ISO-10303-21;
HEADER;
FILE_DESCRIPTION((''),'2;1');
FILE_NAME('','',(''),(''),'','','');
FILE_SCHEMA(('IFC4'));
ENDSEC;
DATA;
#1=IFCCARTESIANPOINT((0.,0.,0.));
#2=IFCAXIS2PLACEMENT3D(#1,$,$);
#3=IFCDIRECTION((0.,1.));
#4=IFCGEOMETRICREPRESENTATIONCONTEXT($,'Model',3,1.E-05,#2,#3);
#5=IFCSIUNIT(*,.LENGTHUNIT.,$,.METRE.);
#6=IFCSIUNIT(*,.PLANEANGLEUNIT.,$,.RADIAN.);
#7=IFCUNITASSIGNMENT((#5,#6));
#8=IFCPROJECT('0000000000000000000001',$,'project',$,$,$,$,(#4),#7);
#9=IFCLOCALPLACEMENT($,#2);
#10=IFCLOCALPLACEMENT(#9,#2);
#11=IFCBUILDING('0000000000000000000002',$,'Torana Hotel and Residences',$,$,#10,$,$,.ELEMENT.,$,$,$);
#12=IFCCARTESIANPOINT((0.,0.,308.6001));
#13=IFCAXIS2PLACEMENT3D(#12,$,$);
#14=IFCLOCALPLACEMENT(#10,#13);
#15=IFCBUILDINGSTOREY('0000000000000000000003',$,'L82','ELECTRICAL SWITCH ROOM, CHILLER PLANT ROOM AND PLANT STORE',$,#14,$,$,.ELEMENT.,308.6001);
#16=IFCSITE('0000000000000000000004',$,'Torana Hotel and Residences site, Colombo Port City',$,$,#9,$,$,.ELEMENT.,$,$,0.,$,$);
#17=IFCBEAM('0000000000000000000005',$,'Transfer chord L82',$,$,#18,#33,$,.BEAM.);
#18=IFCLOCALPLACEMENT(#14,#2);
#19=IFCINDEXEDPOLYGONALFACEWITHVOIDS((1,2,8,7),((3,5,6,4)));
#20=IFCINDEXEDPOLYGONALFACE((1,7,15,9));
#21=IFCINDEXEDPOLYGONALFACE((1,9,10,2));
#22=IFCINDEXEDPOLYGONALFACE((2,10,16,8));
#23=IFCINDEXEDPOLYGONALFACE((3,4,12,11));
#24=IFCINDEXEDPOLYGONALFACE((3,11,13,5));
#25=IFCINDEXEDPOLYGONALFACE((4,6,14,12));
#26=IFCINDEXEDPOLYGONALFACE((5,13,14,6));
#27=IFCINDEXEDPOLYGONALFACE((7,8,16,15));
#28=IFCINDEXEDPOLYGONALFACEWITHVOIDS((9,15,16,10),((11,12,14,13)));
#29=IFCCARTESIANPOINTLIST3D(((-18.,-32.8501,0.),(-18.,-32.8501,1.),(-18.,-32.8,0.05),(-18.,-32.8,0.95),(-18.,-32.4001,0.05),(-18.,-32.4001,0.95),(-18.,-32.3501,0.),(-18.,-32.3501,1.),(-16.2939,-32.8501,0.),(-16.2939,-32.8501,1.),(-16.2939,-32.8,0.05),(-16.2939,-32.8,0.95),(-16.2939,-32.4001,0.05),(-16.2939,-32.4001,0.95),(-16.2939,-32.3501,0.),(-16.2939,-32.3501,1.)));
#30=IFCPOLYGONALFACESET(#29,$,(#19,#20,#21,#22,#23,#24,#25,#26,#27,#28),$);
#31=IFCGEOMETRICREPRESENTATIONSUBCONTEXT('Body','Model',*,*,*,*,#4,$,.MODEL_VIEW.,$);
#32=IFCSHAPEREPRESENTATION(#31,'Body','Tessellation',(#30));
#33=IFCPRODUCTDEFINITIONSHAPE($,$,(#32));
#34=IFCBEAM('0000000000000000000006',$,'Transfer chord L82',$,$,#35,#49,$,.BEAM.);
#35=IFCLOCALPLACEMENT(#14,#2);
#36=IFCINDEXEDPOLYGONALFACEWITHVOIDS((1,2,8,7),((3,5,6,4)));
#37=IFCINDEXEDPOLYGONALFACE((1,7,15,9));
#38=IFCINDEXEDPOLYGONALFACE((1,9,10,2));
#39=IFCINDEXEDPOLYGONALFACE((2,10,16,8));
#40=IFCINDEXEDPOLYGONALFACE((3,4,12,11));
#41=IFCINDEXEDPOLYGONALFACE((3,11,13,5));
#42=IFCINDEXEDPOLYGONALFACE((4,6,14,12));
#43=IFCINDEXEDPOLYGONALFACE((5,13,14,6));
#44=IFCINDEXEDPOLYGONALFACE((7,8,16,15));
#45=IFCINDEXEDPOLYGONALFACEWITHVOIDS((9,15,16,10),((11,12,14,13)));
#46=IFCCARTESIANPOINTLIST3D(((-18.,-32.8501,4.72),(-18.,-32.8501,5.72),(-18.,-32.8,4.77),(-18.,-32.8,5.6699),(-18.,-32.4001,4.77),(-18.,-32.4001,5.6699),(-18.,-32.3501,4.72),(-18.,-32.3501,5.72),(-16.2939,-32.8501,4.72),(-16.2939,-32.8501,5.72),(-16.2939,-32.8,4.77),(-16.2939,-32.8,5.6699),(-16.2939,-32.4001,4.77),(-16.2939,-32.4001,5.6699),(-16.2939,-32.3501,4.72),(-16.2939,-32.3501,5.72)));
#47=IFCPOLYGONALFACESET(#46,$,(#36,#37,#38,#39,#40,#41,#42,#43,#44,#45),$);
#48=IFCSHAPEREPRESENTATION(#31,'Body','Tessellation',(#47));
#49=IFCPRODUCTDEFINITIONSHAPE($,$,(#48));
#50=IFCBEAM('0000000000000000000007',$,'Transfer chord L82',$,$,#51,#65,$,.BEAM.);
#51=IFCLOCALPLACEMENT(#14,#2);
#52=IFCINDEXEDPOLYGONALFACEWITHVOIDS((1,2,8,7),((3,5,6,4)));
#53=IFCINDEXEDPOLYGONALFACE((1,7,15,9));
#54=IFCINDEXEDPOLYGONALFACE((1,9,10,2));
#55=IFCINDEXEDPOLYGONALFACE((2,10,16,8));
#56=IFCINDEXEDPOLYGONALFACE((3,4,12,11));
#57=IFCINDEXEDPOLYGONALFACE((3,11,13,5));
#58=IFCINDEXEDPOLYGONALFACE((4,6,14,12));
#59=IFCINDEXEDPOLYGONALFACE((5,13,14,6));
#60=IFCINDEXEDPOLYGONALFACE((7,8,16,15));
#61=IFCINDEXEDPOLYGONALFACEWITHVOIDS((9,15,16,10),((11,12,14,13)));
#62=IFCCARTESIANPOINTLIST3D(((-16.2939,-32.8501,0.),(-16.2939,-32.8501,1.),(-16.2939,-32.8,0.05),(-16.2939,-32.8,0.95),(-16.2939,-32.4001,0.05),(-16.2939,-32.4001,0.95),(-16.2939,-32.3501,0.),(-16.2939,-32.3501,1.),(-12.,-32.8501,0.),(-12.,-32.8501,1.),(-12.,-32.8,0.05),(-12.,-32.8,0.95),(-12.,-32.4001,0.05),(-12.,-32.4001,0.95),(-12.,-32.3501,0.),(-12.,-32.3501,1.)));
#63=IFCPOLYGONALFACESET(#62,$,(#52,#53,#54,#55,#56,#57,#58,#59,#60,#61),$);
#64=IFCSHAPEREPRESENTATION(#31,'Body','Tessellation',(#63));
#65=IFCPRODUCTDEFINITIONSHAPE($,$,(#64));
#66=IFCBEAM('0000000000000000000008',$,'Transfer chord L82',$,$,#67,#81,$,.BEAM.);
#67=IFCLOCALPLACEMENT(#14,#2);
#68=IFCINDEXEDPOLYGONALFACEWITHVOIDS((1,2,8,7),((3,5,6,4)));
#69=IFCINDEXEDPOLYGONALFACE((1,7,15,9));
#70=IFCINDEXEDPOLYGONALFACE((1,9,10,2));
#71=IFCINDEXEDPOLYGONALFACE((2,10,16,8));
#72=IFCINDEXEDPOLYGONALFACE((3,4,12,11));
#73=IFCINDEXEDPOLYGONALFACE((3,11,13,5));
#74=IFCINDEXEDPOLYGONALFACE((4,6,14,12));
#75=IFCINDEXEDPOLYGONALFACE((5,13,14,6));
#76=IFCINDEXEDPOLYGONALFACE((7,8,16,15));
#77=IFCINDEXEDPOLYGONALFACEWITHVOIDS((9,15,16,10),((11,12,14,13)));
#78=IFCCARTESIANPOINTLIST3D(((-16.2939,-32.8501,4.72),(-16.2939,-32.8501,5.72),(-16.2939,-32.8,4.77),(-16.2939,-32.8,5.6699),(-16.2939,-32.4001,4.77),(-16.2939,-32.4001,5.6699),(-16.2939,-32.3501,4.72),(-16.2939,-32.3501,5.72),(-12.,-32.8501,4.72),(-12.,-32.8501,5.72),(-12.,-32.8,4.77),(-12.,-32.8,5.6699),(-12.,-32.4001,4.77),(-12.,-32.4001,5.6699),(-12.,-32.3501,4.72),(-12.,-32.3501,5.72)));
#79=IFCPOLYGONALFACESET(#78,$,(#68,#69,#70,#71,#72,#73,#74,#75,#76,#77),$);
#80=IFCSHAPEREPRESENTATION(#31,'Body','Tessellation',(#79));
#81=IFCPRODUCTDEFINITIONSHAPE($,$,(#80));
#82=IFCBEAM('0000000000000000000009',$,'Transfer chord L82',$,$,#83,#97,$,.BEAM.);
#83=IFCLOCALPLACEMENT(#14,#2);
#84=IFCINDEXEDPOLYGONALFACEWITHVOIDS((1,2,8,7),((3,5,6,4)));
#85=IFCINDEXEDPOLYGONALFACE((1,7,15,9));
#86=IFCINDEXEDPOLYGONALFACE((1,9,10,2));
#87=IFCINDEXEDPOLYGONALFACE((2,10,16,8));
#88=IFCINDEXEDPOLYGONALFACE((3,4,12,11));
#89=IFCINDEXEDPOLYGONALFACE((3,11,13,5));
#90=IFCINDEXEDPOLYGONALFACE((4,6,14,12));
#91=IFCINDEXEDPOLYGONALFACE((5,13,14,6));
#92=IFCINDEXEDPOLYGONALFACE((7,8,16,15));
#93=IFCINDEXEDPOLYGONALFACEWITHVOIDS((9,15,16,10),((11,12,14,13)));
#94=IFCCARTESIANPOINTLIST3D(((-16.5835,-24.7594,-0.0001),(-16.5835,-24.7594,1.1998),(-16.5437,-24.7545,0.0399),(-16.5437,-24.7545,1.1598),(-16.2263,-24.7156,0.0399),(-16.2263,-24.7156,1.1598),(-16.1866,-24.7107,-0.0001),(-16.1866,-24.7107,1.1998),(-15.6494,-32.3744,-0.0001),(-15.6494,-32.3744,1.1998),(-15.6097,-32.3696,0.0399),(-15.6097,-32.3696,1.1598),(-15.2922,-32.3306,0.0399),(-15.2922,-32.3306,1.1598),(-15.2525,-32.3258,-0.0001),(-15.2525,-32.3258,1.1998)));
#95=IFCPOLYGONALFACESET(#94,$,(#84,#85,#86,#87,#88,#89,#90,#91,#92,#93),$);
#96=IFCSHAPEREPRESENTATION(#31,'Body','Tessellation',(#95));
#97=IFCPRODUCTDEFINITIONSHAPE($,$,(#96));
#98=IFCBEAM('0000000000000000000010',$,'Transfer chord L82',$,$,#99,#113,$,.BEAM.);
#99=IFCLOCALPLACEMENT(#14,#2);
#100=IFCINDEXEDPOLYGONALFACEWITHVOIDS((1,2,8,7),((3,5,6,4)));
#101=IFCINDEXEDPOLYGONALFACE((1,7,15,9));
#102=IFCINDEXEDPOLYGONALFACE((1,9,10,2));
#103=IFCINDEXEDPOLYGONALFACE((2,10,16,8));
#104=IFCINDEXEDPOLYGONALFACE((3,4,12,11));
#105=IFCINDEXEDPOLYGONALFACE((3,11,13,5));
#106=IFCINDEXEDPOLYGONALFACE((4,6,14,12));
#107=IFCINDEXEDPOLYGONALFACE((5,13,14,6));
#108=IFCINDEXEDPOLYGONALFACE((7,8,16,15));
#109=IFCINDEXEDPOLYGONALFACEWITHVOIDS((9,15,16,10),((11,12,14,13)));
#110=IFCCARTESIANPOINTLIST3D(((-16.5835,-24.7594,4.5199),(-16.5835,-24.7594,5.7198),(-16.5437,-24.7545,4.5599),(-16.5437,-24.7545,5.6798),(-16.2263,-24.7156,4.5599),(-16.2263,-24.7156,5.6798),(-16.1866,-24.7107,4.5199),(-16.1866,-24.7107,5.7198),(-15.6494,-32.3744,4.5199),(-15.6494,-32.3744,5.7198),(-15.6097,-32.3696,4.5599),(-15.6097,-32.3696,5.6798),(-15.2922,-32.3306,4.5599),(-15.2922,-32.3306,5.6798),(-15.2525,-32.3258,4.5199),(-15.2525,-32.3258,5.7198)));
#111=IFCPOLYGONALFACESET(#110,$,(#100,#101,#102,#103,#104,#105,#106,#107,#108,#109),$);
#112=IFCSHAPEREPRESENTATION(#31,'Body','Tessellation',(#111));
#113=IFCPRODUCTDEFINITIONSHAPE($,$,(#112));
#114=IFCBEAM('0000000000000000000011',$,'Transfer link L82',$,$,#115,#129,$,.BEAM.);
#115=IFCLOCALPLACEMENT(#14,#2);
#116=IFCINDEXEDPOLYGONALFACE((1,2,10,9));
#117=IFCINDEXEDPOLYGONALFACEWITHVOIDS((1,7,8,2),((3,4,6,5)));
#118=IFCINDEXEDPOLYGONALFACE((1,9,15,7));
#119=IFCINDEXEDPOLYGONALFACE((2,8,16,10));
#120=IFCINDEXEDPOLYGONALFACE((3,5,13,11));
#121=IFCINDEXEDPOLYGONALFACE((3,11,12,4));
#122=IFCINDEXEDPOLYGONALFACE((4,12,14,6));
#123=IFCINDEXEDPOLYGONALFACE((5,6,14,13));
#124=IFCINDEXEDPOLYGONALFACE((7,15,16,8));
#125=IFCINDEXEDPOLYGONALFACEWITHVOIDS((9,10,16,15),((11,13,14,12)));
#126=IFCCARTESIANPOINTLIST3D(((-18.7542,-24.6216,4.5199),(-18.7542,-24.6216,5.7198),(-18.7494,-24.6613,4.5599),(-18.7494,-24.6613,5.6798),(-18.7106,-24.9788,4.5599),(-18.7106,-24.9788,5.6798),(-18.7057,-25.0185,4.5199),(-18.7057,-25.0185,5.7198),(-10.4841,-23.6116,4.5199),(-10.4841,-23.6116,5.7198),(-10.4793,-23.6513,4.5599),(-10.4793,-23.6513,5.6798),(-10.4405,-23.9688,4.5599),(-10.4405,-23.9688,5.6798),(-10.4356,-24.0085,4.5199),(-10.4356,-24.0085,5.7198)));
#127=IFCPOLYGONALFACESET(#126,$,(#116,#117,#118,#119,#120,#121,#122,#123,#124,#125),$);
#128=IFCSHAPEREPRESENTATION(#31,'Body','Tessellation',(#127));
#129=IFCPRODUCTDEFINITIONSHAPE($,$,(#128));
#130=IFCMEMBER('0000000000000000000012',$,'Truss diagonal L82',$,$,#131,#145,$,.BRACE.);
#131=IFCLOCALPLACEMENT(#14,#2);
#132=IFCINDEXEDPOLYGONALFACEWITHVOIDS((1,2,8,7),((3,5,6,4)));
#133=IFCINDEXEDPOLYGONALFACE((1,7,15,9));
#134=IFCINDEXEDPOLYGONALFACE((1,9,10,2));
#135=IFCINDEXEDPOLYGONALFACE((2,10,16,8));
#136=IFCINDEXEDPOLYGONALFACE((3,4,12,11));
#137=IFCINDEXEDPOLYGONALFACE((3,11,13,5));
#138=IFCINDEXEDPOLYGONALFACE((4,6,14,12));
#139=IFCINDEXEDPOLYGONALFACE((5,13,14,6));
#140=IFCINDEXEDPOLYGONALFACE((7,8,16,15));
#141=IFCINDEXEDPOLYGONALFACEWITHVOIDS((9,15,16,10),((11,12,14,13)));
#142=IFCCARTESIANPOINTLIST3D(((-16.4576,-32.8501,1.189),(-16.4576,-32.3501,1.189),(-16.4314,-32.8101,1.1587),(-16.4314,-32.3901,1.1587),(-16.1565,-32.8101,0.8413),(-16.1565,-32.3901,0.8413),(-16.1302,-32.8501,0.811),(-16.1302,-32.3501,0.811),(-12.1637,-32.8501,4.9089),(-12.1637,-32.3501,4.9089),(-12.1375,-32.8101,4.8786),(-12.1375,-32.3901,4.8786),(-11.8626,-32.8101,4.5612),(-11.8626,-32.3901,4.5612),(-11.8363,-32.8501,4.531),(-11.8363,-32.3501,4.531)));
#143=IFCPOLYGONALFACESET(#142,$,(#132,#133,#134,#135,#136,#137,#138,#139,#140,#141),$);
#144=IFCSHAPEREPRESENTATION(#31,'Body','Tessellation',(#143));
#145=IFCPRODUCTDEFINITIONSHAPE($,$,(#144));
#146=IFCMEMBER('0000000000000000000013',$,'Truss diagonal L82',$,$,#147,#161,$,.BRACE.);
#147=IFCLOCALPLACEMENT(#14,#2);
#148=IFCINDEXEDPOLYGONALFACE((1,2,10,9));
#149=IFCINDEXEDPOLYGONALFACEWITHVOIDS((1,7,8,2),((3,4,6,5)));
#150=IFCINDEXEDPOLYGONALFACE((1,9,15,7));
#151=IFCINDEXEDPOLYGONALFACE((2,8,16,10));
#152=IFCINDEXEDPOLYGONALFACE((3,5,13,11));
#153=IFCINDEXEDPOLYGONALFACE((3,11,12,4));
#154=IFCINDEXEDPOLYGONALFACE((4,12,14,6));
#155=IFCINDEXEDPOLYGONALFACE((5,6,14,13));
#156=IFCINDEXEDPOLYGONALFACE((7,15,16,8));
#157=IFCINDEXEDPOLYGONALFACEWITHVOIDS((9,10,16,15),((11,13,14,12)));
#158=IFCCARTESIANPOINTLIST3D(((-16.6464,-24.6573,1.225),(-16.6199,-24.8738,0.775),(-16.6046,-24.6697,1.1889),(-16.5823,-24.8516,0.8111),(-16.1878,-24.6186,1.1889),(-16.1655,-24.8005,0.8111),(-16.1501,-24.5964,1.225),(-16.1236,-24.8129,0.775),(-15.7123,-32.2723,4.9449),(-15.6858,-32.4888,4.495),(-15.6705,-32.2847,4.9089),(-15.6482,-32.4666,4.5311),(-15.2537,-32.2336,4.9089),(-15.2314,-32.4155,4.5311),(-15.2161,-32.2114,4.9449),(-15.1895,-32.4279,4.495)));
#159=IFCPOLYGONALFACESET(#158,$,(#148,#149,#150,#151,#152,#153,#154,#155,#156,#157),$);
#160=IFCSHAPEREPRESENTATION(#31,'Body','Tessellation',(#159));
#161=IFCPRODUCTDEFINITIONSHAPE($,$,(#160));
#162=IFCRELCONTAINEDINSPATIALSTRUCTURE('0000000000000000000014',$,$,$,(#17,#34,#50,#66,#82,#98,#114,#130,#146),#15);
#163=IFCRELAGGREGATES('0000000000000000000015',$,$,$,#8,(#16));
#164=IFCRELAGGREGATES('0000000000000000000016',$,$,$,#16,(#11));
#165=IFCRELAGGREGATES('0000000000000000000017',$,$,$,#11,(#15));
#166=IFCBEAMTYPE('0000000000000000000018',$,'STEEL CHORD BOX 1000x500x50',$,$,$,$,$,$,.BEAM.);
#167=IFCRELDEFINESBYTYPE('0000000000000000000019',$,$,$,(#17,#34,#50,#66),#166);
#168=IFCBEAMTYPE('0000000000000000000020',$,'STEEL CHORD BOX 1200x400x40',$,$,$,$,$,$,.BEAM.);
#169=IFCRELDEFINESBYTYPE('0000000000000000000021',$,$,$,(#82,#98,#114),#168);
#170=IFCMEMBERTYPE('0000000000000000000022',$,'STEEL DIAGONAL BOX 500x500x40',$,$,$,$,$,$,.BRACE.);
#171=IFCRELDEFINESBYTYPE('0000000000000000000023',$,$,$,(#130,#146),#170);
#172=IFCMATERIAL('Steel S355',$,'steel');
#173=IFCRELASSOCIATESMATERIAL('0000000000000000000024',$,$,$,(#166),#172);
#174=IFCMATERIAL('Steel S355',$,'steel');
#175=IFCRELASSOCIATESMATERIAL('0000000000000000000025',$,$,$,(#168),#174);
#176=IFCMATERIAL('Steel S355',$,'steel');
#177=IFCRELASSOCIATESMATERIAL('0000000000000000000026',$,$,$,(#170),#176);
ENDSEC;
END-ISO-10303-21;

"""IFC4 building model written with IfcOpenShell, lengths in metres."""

from ifc_helpers import new_model, si_unit, direction, frame, origin, origin_2d, place, context, subcontext, project, spatial, hollow_rectangle, extrude, material, material_profile, profile_set, type_object, element, save


model = new_model("IFC4")

# Units and contexts
model_context = context("Model", 3, precision=1e-05, world=origin(), true_north=direction((0.0, 1.0)))
body_context = subcontext(model_context, "Body", "Model", "MODEL_VIEW")
ifc_project = project(units=[si_unit("LENGTHUNIT", "METRE"), si_unit("PLANEANGLEUNIT", "RADIAN")], contexts=[model_context])

# Site, building, storey
site_placement = place(None, origin())
site = spatial("IfcSite", under=ifc_project, at=site_placement, Name="Torana Hotel and Residences site, Colombo Port City", CompositionType="ELEMENT", RefElevation=0.0)
building_placement = place(site_placement, origin())
building = spatial("IfcBuilding", under=site, at=building_placement, Name="Torana Hotel and Residences", CompositionType="ELEMENT")
storey_placement = place(building_placement, frame((0.0, 0.0, 308.6001)))
storey = spatial("IfcBuildingStorey", under=building, at=storey_placement, Name="L82", Description="ELECTRICAL SWITCH ROOM, CHILLER PLANT ROOM AND PLANT STORE", CompositionType="ELEMENT", Elevation=308.6001)

# Beams
ifc_material_1 = material(Name="Steel S355", Category="steel")
ifc_material_profile_1 = material_profile(ifc_material_1, hollow_rectangle(XDim=0.5, YDim=1.0, WallThickness=0.05, at=origin_2d()), Name="BOX 1000x500x50")
ifc_profile_set_1 = profile_set([ifc_material_profile_1], Name="Steel S355")
beam_type_1 = type_object("IfcBeamType", Name="STEEL CHORD BOX 1000x500x50", PredefinedType="BEAM", material=ifc_profile_set_1)
for number, where, z_axis, x_axis, name in (
    (1, (-18.0, -32.6001, 0.5), (1.0, 0.0, 0.0), (0.0, 1.0, 0.0), "Transfer chord L82"),
    (2, (-18.0, -32.6001, 5.22), (1.0, 0.0, 0.0), (0.0, 1.0, 0.0), "Transfer chord L82"),
):
    element("IfcBeam", number, at=place(storey_placement, frame(where, z_axis=z_axis, x_axis=x_axis)), inside=storey, type_object=beam_type_1, Name=name, PredefinedType="BEAM", context=body_context, shape_type="SweptSolid", body=[
        extrude(hollow_rectangle(XDim=0.5, YDim=1.0, WallThickness=0.05, at=origin_2d()), origin(), (0.0, 0.0, 1.0), 1.7061),
    ])
for number, where, z_axis, x_axis, name in (
    (3, (-16.2939, -32.6001, 0.5), (1.0, 0.0, 0.0), (0.0, 1.0, 0.0), "Transfer chord L82"),
    (4, (-16.2939, -32.6001, 5.22), (1.0, 0.0, 0.0), (0.0, 1.0, 0.0), "Transfer chord L82"),
):
    element("IfcBeam", number, at=place(storey_placement, frame(where, z_axis=z_axis, x_axis=x_axis)), inside=storey, type_object=beam_type_1, Name=name, PredefinedType="BEAM", context=body_context, shape_type="SweptSolid", body=[
        extrude(hollow_rectangle(XDim=0.5, YDim=1.0, WallThickness=0.05, at=origin_2d()), origin(), (0.0, 0.0, 1.0), 4.2939),
    ])
ifc_material_2 = material(Name="Steel S355", Category="steel")
ifc_material_profile_2 = material_profile(ifc_material_2, hollow_rectangle(XDim=0.3999, YDim=1.2, WallThickness=0.04, at=origin_2d()), Name="BOX 1200x400x40")
ifc_profile_set_2 = profile_set([ifc_material_profile_2], Name="Steel S355")
beam_type_2 = type_object("IfcBeamType", Name="STEEL CHORD BOX 1200x400x40", PredefinedType="BEAM", material=ifc_profile_set_2)
for number, where, z_axis, x_axis, name in (
    (5, (-15.4509, -32.3501, 0.5999), (-0.121751, 0.992561, 0.0), (-0.992561, -0.121751, 0.0), "Transfer chord L82"),
    (6, (-15.4509, -32.3501, 5.1199), (-0.121751, 0.992561, 0.0), (-0.992561, -0.121751, 0.0), "Transfer chord L82"),
):
    element("IfcBeam", number, at=place(storey_placement, frame(where, z_axis=z_axis, x_axis=x_axis)), inside=storey, type_object=beam_type_2, Name=name, PredefinedType="BEAM", context=body_context, shape_type="SweptSolid", body=[
        extrude(hollow_rectangle(XDim=0.3999, YDim=1.2, WallThickness=0.04, at=origin_2d()), origin(), (0.0, 0.0, 1.0), 7.6721),
    ])
beam_placement = place(storey_placement, frame((-18.73, -24.8201, 5.1199), z_axis=(0.992625, 0.121228, 0.0), x_axis=(-0.121228, 0.992625, 0.0)))
element("IfcBeam", 7, at=beam_placement, inside=storey, type_object=beam_type_2, Name="Transfer link L82", PredefinedType="BEAM", context=body_context, shape_type="SweptSolid", body=[
    extrude(hollow_rectangle(XDim=0.3999, YDim=1.2, WallThickness=0.04, at=origin_2d()), origin(), (0.0, 0.0, 1.0), 8.3315),
])

# Members
ifc_material_3 = material(Name="Steel S355", Category="steel")
ifc_material_profile_3 = material_profile(ifc_material_3, hollow_rectangle(XDim=0.5, YDim=0.5, WallThickness=0.04, at=origin_2d()), Name="BOX 500x500x40")
ifc_profile_set_3 = profile_set([ifc_material_profile_3], Name="Steel S355")
member_type_1 = type_object("IfcMemberType", Name="STEEL DIAGONAL BOX 500x500x40", PredefinedType="BRACE", material=ifc_profile_set_3)
member_1_placement = place(storey_placement, frame((-16.2939, -32.6001, 1.0), z_axis=(0.755815, 0.0, 0.654785), x_axis=(0.0, 1.0, 0.0)))
element("IfcMember", 8, at=member_1_placement, inside=storey, type_object=member_type_1, Name="Truss diagonal L82", PredefinedType="BRACE", context=body_context, shape_type="SweptSolid", body=[
    extrude(hollow_rectangle(XDim=0.5, YDim=0.5, WallThickness=0.04, at=origin_2d()), origin(), (0.0, 0.0, 1.0), 5.6812),
])
member_2_placement = place(storey_placement, frame((-16.385, -24.7351, 1.0), z_axis=(0.109552, -0.893112, 0.436291), x_axis=(0.992561, 0.121751, 0.0)))
element("IfcMember", 9, at=member_2_placement, inside=storey, type_object=member_type_1, Name="Truss diagonal L82", PredefinedType="BRACE", context=body_context, shape_type="SweptSolid", body=[
    extrude(hollow_rectangle(XDim=0.5, YDim=0.5, WallThickness=0.04, at=origin_2d()), origin(), (0.0, 0.0, 1.0), 8.5264),
])

save(model, "model.ifc")
